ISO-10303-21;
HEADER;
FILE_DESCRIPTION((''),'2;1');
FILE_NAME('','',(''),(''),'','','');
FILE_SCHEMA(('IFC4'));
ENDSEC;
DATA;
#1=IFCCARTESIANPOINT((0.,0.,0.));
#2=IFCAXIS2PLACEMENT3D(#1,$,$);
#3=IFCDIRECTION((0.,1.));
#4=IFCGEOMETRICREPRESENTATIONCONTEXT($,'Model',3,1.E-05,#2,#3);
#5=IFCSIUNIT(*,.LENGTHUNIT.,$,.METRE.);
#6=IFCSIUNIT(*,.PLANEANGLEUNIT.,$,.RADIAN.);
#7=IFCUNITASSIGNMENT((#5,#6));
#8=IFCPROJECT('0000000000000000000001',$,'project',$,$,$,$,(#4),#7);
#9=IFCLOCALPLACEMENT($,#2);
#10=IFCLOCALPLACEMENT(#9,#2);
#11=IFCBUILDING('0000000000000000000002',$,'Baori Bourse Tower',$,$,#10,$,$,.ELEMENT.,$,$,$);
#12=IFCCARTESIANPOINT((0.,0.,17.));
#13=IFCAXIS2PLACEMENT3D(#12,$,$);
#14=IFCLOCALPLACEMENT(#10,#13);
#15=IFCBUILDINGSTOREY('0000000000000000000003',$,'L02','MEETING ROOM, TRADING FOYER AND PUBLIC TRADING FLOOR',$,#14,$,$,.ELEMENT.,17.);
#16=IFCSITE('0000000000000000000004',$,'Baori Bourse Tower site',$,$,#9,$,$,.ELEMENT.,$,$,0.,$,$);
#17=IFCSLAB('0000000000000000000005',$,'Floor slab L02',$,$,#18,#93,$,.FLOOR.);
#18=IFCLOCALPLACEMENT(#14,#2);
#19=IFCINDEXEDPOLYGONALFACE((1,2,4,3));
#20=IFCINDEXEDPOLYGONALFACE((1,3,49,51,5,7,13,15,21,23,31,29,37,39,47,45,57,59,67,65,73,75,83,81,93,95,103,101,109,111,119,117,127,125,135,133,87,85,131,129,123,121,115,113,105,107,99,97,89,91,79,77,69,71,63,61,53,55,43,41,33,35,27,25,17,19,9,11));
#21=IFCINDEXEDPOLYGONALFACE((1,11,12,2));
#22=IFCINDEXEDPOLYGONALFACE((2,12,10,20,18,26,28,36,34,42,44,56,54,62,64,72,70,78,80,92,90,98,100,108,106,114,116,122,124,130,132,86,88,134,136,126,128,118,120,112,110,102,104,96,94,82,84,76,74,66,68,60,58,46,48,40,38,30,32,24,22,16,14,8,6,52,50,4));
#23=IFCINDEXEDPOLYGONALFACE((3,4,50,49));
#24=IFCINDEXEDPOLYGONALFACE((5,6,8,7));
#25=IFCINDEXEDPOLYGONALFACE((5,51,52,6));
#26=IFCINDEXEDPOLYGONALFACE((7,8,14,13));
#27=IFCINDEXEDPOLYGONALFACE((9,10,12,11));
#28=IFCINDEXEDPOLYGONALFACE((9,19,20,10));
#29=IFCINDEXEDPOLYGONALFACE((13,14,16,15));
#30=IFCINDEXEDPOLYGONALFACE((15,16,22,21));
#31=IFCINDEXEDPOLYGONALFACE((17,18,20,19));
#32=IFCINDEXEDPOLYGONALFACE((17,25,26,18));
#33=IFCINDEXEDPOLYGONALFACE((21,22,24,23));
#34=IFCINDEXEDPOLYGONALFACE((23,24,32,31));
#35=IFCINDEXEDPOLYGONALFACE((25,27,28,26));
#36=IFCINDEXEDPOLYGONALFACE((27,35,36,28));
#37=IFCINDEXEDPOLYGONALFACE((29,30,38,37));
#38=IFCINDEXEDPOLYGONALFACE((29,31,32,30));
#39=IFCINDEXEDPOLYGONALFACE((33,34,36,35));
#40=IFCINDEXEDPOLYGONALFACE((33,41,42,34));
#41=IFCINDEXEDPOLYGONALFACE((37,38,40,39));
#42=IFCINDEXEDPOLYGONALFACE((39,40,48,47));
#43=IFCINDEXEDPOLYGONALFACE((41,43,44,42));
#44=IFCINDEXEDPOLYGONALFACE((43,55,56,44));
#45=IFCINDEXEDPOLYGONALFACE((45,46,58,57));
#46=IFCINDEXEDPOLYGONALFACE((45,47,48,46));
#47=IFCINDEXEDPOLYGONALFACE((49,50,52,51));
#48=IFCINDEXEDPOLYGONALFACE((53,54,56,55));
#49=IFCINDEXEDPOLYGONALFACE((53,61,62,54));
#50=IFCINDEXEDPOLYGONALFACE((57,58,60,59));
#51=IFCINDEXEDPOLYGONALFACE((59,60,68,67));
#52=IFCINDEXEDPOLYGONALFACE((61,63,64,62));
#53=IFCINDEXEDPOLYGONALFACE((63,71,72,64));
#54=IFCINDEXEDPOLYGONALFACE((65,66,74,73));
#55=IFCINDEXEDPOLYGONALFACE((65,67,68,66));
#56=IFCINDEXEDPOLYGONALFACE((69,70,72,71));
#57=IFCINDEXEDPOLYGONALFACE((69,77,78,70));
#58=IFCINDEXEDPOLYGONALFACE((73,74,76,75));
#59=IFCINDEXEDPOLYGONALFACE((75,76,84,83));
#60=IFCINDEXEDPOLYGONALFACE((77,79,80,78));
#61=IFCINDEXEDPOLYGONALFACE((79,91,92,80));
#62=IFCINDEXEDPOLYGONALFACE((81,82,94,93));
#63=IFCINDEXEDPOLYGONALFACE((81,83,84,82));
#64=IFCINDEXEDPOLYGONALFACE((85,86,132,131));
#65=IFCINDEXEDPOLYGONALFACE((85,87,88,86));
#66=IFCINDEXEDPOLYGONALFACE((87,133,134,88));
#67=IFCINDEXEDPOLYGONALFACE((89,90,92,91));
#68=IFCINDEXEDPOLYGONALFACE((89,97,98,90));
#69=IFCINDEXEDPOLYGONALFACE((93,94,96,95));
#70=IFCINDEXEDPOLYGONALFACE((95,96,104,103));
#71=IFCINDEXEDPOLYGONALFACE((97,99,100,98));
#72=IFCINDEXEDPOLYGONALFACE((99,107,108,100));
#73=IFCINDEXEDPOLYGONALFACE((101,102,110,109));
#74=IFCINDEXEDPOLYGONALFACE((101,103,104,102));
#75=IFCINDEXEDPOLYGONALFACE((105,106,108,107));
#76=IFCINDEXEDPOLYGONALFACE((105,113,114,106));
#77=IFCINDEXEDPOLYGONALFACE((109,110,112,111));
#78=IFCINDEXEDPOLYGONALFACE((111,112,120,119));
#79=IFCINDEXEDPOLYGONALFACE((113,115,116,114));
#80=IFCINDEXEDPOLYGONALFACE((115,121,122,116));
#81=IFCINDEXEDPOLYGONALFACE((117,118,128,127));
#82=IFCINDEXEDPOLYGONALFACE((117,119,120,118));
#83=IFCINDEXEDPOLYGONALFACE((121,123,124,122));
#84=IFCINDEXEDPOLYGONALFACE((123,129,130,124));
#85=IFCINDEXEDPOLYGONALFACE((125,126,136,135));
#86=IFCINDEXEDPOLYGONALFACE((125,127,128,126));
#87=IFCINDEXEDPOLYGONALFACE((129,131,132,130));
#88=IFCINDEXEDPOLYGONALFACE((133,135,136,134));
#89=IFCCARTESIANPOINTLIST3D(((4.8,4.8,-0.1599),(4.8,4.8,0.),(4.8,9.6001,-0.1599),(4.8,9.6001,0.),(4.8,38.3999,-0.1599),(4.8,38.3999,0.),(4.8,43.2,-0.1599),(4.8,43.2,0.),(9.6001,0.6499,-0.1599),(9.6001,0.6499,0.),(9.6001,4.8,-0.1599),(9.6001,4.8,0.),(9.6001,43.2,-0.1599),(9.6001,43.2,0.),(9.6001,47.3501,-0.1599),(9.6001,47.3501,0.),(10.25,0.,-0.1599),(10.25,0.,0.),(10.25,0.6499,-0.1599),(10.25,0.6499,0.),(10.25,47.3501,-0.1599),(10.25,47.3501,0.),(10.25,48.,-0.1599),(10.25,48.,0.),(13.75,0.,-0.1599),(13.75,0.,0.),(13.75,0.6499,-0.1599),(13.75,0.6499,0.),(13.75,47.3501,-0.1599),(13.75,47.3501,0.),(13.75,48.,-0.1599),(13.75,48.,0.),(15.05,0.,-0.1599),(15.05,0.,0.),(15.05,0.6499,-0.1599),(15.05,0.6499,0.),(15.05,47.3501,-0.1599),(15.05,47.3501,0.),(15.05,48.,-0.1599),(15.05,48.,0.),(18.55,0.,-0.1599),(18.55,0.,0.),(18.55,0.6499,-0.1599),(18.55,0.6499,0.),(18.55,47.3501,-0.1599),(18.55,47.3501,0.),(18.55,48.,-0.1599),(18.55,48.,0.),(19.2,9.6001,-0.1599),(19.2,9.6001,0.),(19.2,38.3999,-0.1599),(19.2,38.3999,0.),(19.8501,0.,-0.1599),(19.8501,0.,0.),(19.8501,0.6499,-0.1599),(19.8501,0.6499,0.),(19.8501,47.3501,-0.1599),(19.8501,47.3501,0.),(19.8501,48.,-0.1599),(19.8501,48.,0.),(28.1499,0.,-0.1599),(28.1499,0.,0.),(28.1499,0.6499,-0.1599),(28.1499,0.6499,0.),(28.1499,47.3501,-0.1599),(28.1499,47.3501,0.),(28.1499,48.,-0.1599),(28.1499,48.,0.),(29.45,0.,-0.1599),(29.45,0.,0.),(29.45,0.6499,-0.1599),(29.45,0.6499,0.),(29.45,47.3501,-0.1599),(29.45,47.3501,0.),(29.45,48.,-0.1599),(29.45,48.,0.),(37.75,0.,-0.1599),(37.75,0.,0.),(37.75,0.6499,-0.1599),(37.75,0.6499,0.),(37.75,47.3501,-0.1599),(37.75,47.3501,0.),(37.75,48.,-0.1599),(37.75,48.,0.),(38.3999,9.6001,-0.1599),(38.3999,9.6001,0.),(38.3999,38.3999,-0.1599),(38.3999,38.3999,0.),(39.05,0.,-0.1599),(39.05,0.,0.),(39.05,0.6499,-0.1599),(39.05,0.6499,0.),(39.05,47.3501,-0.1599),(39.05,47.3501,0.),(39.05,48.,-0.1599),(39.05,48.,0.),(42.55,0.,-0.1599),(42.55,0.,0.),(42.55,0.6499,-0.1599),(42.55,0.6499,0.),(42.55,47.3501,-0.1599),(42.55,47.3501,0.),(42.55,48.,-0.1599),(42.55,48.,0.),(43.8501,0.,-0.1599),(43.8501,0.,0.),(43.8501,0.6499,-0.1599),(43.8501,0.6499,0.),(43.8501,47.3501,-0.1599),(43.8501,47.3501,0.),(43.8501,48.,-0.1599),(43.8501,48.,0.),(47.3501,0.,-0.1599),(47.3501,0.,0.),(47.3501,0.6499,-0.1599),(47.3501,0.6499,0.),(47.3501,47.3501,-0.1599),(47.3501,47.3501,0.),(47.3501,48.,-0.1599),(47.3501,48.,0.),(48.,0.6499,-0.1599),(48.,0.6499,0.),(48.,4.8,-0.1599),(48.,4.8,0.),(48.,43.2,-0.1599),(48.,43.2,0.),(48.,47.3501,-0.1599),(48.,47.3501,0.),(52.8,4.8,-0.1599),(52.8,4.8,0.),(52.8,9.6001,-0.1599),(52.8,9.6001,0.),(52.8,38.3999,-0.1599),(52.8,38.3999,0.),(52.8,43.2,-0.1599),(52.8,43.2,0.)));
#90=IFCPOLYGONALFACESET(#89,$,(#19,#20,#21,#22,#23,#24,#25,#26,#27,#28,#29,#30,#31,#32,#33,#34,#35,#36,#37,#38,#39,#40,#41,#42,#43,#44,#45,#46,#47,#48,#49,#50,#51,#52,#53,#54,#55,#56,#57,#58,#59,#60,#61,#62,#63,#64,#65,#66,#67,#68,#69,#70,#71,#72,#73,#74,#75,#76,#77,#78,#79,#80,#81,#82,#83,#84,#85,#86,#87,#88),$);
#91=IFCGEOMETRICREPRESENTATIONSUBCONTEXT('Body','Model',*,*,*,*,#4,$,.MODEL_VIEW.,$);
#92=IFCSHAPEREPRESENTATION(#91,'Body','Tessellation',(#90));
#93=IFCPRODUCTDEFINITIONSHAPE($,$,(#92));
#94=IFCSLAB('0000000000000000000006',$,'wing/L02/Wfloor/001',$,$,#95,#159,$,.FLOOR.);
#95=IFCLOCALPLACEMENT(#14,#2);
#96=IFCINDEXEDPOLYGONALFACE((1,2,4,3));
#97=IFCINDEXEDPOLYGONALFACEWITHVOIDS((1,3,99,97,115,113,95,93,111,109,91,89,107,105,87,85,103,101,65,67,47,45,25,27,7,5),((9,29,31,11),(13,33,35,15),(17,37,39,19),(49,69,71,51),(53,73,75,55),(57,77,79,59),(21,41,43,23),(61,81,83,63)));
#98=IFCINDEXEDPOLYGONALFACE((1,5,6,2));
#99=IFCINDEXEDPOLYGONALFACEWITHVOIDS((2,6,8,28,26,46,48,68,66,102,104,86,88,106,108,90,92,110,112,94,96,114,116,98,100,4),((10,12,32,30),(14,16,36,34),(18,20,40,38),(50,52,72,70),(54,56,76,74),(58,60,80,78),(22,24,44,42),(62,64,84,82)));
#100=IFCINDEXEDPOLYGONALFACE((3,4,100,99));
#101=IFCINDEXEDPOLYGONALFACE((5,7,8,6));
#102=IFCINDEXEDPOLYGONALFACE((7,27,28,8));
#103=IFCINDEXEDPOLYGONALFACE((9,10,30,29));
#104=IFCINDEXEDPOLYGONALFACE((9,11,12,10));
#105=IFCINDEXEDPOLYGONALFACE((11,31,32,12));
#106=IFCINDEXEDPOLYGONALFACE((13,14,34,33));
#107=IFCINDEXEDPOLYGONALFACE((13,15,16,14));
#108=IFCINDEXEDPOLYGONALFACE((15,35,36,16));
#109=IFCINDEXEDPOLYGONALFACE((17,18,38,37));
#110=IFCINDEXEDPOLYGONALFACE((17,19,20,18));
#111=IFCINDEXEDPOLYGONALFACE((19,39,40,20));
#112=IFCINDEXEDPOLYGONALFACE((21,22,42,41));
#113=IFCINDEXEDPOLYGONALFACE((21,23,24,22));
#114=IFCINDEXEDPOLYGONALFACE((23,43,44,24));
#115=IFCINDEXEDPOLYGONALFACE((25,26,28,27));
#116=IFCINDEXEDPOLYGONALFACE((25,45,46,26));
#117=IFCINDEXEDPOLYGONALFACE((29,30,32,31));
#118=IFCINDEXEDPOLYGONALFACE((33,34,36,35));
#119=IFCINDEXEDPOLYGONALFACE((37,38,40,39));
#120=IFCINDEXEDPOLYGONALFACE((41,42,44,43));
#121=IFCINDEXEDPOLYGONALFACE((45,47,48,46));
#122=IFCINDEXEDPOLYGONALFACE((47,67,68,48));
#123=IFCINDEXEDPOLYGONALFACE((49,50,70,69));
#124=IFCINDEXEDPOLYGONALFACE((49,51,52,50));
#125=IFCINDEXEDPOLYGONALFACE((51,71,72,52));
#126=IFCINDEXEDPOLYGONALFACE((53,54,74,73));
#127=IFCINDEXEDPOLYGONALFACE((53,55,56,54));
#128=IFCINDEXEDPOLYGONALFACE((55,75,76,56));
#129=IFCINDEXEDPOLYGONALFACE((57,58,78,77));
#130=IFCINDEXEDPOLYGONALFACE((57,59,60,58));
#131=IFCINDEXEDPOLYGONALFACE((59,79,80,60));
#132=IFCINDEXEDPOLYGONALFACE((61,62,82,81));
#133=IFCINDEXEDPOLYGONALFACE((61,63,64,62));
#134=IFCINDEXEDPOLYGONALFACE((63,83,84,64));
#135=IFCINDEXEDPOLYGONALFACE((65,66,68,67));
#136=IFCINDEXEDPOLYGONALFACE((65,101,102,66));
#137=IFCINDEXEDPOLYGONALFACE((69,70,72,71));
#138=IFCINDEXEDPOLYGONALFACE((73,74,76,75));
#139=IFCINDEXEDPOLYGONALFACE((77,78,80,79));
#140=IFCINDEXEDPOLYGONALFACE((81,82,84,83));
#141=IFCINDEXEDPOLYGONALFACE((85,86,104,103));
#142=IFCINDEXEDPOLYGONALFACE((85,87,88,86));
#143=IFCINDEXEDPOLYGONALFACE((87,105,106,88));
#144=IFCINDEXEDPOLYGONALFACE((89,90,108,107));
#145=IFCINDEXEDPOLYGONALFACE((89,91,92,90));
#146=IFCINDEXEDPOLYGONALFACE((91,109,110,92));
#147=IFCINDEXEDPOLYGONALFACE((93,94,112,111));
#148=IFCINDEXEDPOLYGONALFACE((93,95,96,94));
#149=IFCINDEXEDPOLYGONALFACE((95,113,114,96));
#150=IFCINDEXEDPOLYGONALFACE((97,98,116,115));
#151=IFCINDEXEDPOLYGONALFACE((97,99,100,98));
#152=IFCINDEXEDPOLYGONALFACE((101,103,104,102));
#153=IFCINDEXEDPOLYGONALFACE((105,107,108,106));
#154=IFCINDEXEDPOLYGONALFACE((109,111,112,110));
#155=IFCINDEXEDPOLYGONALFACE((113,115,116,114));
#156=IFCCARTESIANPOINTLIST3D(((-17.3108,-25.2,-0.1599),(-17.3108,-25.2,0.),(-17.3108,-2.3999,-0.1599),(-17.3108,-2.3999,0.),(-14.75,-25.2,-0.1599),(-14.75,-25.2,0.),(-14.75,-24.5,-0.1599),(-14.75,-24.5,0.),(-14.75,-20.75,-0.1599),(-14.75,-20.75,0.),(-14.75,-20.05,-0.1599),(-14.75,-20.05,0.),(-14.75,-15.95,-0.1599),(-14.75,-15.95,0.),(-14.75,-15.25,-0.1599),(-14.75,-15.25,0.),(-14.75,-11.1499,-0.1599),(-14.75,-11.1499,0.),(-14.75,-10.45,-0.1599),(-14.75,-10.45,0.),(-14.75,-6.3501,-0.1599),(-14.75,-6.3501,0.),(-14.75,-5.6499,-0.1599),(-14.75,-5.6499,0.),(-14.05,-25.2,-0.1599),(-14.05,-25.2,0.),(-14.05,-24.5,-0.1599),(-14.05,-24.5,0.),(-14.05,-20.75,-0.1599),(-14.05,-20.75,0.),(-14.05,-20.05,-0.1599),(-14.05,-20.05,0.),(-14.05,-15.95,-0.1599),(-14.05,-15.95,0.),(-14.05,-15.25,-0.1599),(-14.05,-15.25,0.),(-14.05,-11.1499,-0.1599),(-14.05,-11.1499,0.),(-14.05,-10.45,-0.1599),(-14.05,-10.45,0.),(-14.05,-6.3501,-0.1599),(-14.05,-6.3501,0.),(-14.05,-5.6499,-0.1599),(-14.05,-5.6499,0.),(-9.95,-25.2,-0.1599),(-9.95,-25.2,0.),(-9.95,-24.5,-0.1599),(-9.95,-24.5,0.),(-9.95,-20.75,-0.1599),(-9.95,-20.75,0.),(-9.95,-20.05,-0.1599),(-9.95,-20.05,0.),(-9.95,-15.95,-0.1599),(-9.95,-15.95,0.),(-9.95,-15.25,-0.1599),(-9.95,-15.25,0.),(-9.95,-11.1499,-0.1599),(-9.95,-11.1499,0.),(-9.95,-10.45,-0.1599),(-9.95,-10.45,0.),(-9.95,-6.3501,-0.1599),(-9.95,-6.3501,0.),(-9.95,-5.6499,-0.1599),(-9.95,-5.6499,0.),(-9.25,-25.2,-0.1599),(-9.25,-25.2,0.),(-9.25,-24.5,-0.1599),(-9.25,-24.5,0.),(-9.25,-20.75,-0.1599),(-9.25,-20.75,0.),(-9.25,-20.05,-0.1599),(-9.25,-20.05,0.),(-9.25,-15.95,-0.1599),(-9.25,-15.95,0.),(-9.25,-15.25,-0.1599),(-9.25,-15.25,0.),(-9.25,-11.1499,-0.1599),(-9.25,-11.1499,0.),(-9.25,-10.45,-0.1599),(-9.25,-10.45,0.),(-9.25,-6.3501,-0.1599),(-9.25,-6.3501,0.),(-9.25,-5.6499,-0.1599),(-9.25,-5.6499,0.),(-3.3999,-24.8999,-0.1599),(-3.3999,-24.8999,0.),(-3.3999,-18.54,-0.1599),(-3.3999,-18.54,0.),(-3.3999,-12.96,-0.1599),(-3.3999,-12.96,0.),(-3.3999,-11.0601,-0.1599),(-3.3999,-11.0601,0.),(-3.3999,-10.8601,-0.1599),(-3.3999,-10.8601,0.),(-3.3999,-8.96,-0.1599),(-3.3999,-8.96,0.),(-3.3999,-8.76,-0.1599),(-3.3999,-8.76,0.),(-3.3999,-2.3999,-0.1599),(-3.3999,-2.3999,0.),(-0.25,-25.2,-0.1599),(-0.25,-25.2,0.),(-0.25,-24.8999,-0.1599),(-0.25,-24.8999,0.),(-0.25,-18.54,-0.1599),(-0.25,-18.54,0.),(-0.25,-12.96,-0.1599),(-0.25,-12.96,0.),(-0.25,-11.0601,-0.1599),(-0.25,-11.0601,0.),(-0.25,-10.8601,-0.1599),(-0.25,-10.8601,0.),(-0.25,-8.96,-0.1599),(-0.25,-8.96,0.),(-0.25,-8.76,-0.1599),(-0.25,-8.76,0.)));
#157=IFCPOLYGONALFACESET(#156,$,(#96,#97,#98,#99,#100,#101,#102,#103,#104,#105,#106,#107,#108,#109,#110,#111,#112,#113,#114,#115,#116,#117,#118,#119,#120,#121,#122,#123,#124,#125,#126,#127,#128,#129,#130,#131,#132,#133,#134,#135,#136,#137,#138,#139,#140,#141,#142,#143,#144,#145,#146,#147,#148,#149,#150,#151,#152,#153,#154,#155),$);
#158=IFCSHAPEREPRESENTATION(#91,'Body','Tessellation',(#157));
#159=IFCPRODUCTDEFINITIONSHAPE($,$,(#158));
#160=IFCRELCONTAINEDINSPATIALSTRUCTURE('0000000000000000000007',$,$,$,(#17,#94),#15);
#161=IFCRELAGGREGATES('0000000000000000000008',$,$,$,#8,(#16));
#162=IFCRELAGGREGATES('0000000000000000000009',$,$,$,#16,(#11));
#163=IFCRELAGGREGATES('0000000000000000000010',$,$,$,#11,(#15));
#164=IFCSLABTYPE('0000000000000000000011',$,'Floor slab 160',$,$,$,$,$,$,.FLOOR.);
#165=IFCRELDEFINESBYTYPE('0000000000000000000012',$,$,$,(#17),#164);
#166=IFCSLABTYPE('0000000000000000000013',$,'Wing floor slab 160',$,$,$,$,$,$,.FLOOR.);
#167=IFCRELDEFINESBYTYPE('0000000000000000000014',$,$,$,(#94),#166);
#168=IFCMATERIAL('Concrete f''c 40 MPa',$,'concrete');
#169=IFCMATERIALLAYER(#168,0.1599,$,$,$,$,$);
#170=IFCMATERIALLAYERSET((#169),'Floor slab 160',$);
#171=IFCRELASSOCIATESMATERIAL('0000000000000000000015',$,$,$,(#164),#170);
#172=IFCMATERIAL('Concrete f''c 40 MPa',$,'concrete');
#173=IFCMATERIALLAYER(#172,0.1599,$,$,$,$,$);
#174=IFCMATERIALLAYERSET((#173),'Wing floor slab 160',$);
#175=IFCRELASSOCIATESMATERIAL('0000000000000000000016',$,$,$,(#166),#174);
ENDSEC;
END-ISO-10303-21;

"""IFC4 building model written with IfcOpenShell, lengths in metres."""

from ifc_helpers import new_model, si_unit, direction, frame, origin, place, context, subcontext, project, spatial, polyline, outline, extrude, material, layer, layer_set, type_object, element, save


model = new_model("IFC4")

# Units and contexts
model_context = context("Model", 3, precision=1e-05, world=origin(), true_north=direction((0.0, 1.0)))
body_context = subcontext(model_context, "Body", "Model", "MODEL_VIEW")
ifc_project = project(units=[si_unit("LENGTHUNIT", "METRE"), si_unit("PLANEANGLEUNIT", "RADIAN")], contexts=[model_context])

# Site, building, storey
site_placement = place(None, origin())
site = spatial("IfcSite", under=ifc_project, at=site_placement, Name="Baori Bourse Tower site", CompositionType="ELEMENT", RefElevation=0.0)
building_placement = place(site_placement, origin())
building = spatial("IfcBuilding", under=site, at=building_placement, Name="Baori Bourse Tower", CompositionType="ELEMENT")
storey_placement = place(building_placement, frame((0.0, 0.0, 17.0)))
storey = spatial("IfcBuildingStorey", under=building, at=storey_placement, Name="L02", Description="MEETING ROOM, TRADING FOYER AND PUBLIC TRADING FLOOR", CompositionType="ELEMENT", Elevation=17.0)

# Slabs
ifc_material_1 = material(Name="Concrete f'c 40 MPa", Category="concrete")
ifc_layer_1 = layer(ifc_material_1, 0.1599)
ifc_layer_set_1 = layer_set([ifc_layer_1], Name="Floor slab 160")
slab_type_1 = type_object("IfcSlabType", Name="Floor slab 160", PredefinedType="FLOOR", material=ifc_layer_set_1)
slab_1_placement = place(storey_placement, frame((0.0, 0.0, -0.1599)))
element("IfcSlab", 1, at=slab_1_placement, inside=storey, type_object=slab_type_1, Name="Floor slab L02", PredefinedType="FLOOR", context=body_context, shape_type="SweptSolid", body=[
    extrude(outline(polyline([(9.6001, 4.8), (4.8, 4.8), (4.8, 9.6001), (19.2, 9.6001), (19.2, 38.3999), (4.8, 38.3999), (4.8, 43.2), (9.6001, 43.2), (9.6001, 47.3501), (10.25, 47.3501), (10.25, 48.0), (13.75, 48.0), (13.75, 47.3501), (15.05, 47.3501), (15.05, 48.0), (18.55, 48.0), (18.55, 47.3501), (19.8501, 47.3501), (19.8501, 48.0), (28.1499, 48.0), (28.1499, 47.3501), (29.45, 47.3501), (29.45, 48.0), (37.75, 48.0), (37.75, 47.3501), (39.05, 47.3501), (39.05, 48.0), (42.55, 48.0), (42.55, 47.3501), (43.8501, 47.3501), (43.8501, 48.0), (47.3501, 48.0), (47.3501, 47.3501), (48.0, 47.3501), (48.0, 43.2), (52.8, 43.2), (52.8, 38.3999), (38.3999, 38.3999), (38.3999, 9.6001), (52.8, 9.6001), (52.8, 4.8), (48.0, 4.8), (48.0, 0.6499), (47.3501, 0.6499), (47.3501, 0.0), (43.8501, 0.0), (43.8501, 0.6499), (42.55, 0.6499), (42.55, 0.0), (39.05, 0.0), (39.05, 0.6499), (37.75, 0.6499), (37.75, 0.0), (29.45, 0.0), (29.45, 0.6499), (28.1499, 0.6499), (28.1499, 0.0), (19.8501, 0.0), (19.8501, 0.6499), (18.55, 0.6499), (18.55, 0.0), (15.05, 0.0), (15.05, 0.6499), (13.75, 0.6499), (13.75, 0.0), (10.25, 0.0), (10.25, 0.6499), (9.6001, 0.6499), (9.6001, 4.8)])), origin(), (0.0, 0.0, 1.0), 0.1599),
])
ifc_material_2 = material(Name="Concrete f'c 40 MPa", Category="concrete")
ifc_layer_2 = layer(ifc_material_2, 0.1599)
ifc_layer_set_2 = layer_set([ifc_layer_2], Name="Wing floor slab 160")
slab_type_2 = type_object("IfcSlabType", Name="Wing floor slab 160", PredefinedType="FLOOR", material=ifc_layer_set_2)
slab_2_placement = place(storey_placement, frame((0.0, 0.0, -0.1599)))
element("IfcSlab", 2, at=slab_2_placement, inside=storey, type_object=slab_type_2, Name="wing/L02/Wfloor/001", PredefinedType="FLOOR", context=body_context, shape_type="SweptSolid", body=[
    extrude(outline(polyline([(-0.25, -10.8601), (-3.3999, -10.8601), (-3.3999, -8.96), (-0.25, -8.96), (-0.25, -8.76), (-3.3999, -8.76), (-3.3999, -2.3999), (-17.3108, -2.3999), (-17.3108, -25.2), (-14.75, -25.2), (-14.75, -24.5), (-14.05, -24.5), (-14.05, -25.2), (-9.95, -25.2), (-9.95, -24.5), (-9.25, -24.5), (-9.25, -25.2), (-0.25, -25.2), (-0.25, -24.8999), (-3.3999, -24.8999), (-3.3999, -18.54), (-0.25, -18.54), (-0.25, -12.96), (-3.3999, -12.96), (-3.3999, -11.0601), (-0.25, -11.0601), (-0.25, -10.8601)]), holes=[polyline([(-14.75, -20.05), (-14.75, -20.75), (-14.05, -20.75), (-14.05, -20.05), (-14.75, -20.05)]), polyline([(-14.05, -15.25), (-14.75, -15.25), (-14.75, -15.95), (-14.05, -15.95), (-14.05, -15.25)]), polyline([(-14.05, -11.1499), (-14.05, -10.45), (-14.75, -10.45), (-14.75, -11.1499), (-14.05, -11.1499)]), polyline([(-14.75, -6.3501), (-14.05, -6.3501), (-14.05, -5.6499), (-14.75, -5.6499), (-14.75, -6.3501)]), polyline([(-9.25, -20.05), (-9.95, -20.05), (-9.95, -20.75), (-9.25, -20.75), (-9.25, -20.05)]), polyline([(-9.25, -15.95), (-9.25, -15.25), (-9.95, -15.25), (-9.95, -15.95), (-9.25, -15.95)]), polyline([(-9.95, -11.1499), (-9.25, -11.1499), (-9.25, -10.45), (-9.95, -10.45), (-9.95, -11.1499)]), polyline([(-9.95, -5.6499), (-9.95, -6.3501), (-9.25, -6.3501), (-9.25, -5.6499), (-9.95, -5.6499)])]), origin(), (0.0, 0.0, 1.0), 0.1599),
])

save(model, "model.ifc")
